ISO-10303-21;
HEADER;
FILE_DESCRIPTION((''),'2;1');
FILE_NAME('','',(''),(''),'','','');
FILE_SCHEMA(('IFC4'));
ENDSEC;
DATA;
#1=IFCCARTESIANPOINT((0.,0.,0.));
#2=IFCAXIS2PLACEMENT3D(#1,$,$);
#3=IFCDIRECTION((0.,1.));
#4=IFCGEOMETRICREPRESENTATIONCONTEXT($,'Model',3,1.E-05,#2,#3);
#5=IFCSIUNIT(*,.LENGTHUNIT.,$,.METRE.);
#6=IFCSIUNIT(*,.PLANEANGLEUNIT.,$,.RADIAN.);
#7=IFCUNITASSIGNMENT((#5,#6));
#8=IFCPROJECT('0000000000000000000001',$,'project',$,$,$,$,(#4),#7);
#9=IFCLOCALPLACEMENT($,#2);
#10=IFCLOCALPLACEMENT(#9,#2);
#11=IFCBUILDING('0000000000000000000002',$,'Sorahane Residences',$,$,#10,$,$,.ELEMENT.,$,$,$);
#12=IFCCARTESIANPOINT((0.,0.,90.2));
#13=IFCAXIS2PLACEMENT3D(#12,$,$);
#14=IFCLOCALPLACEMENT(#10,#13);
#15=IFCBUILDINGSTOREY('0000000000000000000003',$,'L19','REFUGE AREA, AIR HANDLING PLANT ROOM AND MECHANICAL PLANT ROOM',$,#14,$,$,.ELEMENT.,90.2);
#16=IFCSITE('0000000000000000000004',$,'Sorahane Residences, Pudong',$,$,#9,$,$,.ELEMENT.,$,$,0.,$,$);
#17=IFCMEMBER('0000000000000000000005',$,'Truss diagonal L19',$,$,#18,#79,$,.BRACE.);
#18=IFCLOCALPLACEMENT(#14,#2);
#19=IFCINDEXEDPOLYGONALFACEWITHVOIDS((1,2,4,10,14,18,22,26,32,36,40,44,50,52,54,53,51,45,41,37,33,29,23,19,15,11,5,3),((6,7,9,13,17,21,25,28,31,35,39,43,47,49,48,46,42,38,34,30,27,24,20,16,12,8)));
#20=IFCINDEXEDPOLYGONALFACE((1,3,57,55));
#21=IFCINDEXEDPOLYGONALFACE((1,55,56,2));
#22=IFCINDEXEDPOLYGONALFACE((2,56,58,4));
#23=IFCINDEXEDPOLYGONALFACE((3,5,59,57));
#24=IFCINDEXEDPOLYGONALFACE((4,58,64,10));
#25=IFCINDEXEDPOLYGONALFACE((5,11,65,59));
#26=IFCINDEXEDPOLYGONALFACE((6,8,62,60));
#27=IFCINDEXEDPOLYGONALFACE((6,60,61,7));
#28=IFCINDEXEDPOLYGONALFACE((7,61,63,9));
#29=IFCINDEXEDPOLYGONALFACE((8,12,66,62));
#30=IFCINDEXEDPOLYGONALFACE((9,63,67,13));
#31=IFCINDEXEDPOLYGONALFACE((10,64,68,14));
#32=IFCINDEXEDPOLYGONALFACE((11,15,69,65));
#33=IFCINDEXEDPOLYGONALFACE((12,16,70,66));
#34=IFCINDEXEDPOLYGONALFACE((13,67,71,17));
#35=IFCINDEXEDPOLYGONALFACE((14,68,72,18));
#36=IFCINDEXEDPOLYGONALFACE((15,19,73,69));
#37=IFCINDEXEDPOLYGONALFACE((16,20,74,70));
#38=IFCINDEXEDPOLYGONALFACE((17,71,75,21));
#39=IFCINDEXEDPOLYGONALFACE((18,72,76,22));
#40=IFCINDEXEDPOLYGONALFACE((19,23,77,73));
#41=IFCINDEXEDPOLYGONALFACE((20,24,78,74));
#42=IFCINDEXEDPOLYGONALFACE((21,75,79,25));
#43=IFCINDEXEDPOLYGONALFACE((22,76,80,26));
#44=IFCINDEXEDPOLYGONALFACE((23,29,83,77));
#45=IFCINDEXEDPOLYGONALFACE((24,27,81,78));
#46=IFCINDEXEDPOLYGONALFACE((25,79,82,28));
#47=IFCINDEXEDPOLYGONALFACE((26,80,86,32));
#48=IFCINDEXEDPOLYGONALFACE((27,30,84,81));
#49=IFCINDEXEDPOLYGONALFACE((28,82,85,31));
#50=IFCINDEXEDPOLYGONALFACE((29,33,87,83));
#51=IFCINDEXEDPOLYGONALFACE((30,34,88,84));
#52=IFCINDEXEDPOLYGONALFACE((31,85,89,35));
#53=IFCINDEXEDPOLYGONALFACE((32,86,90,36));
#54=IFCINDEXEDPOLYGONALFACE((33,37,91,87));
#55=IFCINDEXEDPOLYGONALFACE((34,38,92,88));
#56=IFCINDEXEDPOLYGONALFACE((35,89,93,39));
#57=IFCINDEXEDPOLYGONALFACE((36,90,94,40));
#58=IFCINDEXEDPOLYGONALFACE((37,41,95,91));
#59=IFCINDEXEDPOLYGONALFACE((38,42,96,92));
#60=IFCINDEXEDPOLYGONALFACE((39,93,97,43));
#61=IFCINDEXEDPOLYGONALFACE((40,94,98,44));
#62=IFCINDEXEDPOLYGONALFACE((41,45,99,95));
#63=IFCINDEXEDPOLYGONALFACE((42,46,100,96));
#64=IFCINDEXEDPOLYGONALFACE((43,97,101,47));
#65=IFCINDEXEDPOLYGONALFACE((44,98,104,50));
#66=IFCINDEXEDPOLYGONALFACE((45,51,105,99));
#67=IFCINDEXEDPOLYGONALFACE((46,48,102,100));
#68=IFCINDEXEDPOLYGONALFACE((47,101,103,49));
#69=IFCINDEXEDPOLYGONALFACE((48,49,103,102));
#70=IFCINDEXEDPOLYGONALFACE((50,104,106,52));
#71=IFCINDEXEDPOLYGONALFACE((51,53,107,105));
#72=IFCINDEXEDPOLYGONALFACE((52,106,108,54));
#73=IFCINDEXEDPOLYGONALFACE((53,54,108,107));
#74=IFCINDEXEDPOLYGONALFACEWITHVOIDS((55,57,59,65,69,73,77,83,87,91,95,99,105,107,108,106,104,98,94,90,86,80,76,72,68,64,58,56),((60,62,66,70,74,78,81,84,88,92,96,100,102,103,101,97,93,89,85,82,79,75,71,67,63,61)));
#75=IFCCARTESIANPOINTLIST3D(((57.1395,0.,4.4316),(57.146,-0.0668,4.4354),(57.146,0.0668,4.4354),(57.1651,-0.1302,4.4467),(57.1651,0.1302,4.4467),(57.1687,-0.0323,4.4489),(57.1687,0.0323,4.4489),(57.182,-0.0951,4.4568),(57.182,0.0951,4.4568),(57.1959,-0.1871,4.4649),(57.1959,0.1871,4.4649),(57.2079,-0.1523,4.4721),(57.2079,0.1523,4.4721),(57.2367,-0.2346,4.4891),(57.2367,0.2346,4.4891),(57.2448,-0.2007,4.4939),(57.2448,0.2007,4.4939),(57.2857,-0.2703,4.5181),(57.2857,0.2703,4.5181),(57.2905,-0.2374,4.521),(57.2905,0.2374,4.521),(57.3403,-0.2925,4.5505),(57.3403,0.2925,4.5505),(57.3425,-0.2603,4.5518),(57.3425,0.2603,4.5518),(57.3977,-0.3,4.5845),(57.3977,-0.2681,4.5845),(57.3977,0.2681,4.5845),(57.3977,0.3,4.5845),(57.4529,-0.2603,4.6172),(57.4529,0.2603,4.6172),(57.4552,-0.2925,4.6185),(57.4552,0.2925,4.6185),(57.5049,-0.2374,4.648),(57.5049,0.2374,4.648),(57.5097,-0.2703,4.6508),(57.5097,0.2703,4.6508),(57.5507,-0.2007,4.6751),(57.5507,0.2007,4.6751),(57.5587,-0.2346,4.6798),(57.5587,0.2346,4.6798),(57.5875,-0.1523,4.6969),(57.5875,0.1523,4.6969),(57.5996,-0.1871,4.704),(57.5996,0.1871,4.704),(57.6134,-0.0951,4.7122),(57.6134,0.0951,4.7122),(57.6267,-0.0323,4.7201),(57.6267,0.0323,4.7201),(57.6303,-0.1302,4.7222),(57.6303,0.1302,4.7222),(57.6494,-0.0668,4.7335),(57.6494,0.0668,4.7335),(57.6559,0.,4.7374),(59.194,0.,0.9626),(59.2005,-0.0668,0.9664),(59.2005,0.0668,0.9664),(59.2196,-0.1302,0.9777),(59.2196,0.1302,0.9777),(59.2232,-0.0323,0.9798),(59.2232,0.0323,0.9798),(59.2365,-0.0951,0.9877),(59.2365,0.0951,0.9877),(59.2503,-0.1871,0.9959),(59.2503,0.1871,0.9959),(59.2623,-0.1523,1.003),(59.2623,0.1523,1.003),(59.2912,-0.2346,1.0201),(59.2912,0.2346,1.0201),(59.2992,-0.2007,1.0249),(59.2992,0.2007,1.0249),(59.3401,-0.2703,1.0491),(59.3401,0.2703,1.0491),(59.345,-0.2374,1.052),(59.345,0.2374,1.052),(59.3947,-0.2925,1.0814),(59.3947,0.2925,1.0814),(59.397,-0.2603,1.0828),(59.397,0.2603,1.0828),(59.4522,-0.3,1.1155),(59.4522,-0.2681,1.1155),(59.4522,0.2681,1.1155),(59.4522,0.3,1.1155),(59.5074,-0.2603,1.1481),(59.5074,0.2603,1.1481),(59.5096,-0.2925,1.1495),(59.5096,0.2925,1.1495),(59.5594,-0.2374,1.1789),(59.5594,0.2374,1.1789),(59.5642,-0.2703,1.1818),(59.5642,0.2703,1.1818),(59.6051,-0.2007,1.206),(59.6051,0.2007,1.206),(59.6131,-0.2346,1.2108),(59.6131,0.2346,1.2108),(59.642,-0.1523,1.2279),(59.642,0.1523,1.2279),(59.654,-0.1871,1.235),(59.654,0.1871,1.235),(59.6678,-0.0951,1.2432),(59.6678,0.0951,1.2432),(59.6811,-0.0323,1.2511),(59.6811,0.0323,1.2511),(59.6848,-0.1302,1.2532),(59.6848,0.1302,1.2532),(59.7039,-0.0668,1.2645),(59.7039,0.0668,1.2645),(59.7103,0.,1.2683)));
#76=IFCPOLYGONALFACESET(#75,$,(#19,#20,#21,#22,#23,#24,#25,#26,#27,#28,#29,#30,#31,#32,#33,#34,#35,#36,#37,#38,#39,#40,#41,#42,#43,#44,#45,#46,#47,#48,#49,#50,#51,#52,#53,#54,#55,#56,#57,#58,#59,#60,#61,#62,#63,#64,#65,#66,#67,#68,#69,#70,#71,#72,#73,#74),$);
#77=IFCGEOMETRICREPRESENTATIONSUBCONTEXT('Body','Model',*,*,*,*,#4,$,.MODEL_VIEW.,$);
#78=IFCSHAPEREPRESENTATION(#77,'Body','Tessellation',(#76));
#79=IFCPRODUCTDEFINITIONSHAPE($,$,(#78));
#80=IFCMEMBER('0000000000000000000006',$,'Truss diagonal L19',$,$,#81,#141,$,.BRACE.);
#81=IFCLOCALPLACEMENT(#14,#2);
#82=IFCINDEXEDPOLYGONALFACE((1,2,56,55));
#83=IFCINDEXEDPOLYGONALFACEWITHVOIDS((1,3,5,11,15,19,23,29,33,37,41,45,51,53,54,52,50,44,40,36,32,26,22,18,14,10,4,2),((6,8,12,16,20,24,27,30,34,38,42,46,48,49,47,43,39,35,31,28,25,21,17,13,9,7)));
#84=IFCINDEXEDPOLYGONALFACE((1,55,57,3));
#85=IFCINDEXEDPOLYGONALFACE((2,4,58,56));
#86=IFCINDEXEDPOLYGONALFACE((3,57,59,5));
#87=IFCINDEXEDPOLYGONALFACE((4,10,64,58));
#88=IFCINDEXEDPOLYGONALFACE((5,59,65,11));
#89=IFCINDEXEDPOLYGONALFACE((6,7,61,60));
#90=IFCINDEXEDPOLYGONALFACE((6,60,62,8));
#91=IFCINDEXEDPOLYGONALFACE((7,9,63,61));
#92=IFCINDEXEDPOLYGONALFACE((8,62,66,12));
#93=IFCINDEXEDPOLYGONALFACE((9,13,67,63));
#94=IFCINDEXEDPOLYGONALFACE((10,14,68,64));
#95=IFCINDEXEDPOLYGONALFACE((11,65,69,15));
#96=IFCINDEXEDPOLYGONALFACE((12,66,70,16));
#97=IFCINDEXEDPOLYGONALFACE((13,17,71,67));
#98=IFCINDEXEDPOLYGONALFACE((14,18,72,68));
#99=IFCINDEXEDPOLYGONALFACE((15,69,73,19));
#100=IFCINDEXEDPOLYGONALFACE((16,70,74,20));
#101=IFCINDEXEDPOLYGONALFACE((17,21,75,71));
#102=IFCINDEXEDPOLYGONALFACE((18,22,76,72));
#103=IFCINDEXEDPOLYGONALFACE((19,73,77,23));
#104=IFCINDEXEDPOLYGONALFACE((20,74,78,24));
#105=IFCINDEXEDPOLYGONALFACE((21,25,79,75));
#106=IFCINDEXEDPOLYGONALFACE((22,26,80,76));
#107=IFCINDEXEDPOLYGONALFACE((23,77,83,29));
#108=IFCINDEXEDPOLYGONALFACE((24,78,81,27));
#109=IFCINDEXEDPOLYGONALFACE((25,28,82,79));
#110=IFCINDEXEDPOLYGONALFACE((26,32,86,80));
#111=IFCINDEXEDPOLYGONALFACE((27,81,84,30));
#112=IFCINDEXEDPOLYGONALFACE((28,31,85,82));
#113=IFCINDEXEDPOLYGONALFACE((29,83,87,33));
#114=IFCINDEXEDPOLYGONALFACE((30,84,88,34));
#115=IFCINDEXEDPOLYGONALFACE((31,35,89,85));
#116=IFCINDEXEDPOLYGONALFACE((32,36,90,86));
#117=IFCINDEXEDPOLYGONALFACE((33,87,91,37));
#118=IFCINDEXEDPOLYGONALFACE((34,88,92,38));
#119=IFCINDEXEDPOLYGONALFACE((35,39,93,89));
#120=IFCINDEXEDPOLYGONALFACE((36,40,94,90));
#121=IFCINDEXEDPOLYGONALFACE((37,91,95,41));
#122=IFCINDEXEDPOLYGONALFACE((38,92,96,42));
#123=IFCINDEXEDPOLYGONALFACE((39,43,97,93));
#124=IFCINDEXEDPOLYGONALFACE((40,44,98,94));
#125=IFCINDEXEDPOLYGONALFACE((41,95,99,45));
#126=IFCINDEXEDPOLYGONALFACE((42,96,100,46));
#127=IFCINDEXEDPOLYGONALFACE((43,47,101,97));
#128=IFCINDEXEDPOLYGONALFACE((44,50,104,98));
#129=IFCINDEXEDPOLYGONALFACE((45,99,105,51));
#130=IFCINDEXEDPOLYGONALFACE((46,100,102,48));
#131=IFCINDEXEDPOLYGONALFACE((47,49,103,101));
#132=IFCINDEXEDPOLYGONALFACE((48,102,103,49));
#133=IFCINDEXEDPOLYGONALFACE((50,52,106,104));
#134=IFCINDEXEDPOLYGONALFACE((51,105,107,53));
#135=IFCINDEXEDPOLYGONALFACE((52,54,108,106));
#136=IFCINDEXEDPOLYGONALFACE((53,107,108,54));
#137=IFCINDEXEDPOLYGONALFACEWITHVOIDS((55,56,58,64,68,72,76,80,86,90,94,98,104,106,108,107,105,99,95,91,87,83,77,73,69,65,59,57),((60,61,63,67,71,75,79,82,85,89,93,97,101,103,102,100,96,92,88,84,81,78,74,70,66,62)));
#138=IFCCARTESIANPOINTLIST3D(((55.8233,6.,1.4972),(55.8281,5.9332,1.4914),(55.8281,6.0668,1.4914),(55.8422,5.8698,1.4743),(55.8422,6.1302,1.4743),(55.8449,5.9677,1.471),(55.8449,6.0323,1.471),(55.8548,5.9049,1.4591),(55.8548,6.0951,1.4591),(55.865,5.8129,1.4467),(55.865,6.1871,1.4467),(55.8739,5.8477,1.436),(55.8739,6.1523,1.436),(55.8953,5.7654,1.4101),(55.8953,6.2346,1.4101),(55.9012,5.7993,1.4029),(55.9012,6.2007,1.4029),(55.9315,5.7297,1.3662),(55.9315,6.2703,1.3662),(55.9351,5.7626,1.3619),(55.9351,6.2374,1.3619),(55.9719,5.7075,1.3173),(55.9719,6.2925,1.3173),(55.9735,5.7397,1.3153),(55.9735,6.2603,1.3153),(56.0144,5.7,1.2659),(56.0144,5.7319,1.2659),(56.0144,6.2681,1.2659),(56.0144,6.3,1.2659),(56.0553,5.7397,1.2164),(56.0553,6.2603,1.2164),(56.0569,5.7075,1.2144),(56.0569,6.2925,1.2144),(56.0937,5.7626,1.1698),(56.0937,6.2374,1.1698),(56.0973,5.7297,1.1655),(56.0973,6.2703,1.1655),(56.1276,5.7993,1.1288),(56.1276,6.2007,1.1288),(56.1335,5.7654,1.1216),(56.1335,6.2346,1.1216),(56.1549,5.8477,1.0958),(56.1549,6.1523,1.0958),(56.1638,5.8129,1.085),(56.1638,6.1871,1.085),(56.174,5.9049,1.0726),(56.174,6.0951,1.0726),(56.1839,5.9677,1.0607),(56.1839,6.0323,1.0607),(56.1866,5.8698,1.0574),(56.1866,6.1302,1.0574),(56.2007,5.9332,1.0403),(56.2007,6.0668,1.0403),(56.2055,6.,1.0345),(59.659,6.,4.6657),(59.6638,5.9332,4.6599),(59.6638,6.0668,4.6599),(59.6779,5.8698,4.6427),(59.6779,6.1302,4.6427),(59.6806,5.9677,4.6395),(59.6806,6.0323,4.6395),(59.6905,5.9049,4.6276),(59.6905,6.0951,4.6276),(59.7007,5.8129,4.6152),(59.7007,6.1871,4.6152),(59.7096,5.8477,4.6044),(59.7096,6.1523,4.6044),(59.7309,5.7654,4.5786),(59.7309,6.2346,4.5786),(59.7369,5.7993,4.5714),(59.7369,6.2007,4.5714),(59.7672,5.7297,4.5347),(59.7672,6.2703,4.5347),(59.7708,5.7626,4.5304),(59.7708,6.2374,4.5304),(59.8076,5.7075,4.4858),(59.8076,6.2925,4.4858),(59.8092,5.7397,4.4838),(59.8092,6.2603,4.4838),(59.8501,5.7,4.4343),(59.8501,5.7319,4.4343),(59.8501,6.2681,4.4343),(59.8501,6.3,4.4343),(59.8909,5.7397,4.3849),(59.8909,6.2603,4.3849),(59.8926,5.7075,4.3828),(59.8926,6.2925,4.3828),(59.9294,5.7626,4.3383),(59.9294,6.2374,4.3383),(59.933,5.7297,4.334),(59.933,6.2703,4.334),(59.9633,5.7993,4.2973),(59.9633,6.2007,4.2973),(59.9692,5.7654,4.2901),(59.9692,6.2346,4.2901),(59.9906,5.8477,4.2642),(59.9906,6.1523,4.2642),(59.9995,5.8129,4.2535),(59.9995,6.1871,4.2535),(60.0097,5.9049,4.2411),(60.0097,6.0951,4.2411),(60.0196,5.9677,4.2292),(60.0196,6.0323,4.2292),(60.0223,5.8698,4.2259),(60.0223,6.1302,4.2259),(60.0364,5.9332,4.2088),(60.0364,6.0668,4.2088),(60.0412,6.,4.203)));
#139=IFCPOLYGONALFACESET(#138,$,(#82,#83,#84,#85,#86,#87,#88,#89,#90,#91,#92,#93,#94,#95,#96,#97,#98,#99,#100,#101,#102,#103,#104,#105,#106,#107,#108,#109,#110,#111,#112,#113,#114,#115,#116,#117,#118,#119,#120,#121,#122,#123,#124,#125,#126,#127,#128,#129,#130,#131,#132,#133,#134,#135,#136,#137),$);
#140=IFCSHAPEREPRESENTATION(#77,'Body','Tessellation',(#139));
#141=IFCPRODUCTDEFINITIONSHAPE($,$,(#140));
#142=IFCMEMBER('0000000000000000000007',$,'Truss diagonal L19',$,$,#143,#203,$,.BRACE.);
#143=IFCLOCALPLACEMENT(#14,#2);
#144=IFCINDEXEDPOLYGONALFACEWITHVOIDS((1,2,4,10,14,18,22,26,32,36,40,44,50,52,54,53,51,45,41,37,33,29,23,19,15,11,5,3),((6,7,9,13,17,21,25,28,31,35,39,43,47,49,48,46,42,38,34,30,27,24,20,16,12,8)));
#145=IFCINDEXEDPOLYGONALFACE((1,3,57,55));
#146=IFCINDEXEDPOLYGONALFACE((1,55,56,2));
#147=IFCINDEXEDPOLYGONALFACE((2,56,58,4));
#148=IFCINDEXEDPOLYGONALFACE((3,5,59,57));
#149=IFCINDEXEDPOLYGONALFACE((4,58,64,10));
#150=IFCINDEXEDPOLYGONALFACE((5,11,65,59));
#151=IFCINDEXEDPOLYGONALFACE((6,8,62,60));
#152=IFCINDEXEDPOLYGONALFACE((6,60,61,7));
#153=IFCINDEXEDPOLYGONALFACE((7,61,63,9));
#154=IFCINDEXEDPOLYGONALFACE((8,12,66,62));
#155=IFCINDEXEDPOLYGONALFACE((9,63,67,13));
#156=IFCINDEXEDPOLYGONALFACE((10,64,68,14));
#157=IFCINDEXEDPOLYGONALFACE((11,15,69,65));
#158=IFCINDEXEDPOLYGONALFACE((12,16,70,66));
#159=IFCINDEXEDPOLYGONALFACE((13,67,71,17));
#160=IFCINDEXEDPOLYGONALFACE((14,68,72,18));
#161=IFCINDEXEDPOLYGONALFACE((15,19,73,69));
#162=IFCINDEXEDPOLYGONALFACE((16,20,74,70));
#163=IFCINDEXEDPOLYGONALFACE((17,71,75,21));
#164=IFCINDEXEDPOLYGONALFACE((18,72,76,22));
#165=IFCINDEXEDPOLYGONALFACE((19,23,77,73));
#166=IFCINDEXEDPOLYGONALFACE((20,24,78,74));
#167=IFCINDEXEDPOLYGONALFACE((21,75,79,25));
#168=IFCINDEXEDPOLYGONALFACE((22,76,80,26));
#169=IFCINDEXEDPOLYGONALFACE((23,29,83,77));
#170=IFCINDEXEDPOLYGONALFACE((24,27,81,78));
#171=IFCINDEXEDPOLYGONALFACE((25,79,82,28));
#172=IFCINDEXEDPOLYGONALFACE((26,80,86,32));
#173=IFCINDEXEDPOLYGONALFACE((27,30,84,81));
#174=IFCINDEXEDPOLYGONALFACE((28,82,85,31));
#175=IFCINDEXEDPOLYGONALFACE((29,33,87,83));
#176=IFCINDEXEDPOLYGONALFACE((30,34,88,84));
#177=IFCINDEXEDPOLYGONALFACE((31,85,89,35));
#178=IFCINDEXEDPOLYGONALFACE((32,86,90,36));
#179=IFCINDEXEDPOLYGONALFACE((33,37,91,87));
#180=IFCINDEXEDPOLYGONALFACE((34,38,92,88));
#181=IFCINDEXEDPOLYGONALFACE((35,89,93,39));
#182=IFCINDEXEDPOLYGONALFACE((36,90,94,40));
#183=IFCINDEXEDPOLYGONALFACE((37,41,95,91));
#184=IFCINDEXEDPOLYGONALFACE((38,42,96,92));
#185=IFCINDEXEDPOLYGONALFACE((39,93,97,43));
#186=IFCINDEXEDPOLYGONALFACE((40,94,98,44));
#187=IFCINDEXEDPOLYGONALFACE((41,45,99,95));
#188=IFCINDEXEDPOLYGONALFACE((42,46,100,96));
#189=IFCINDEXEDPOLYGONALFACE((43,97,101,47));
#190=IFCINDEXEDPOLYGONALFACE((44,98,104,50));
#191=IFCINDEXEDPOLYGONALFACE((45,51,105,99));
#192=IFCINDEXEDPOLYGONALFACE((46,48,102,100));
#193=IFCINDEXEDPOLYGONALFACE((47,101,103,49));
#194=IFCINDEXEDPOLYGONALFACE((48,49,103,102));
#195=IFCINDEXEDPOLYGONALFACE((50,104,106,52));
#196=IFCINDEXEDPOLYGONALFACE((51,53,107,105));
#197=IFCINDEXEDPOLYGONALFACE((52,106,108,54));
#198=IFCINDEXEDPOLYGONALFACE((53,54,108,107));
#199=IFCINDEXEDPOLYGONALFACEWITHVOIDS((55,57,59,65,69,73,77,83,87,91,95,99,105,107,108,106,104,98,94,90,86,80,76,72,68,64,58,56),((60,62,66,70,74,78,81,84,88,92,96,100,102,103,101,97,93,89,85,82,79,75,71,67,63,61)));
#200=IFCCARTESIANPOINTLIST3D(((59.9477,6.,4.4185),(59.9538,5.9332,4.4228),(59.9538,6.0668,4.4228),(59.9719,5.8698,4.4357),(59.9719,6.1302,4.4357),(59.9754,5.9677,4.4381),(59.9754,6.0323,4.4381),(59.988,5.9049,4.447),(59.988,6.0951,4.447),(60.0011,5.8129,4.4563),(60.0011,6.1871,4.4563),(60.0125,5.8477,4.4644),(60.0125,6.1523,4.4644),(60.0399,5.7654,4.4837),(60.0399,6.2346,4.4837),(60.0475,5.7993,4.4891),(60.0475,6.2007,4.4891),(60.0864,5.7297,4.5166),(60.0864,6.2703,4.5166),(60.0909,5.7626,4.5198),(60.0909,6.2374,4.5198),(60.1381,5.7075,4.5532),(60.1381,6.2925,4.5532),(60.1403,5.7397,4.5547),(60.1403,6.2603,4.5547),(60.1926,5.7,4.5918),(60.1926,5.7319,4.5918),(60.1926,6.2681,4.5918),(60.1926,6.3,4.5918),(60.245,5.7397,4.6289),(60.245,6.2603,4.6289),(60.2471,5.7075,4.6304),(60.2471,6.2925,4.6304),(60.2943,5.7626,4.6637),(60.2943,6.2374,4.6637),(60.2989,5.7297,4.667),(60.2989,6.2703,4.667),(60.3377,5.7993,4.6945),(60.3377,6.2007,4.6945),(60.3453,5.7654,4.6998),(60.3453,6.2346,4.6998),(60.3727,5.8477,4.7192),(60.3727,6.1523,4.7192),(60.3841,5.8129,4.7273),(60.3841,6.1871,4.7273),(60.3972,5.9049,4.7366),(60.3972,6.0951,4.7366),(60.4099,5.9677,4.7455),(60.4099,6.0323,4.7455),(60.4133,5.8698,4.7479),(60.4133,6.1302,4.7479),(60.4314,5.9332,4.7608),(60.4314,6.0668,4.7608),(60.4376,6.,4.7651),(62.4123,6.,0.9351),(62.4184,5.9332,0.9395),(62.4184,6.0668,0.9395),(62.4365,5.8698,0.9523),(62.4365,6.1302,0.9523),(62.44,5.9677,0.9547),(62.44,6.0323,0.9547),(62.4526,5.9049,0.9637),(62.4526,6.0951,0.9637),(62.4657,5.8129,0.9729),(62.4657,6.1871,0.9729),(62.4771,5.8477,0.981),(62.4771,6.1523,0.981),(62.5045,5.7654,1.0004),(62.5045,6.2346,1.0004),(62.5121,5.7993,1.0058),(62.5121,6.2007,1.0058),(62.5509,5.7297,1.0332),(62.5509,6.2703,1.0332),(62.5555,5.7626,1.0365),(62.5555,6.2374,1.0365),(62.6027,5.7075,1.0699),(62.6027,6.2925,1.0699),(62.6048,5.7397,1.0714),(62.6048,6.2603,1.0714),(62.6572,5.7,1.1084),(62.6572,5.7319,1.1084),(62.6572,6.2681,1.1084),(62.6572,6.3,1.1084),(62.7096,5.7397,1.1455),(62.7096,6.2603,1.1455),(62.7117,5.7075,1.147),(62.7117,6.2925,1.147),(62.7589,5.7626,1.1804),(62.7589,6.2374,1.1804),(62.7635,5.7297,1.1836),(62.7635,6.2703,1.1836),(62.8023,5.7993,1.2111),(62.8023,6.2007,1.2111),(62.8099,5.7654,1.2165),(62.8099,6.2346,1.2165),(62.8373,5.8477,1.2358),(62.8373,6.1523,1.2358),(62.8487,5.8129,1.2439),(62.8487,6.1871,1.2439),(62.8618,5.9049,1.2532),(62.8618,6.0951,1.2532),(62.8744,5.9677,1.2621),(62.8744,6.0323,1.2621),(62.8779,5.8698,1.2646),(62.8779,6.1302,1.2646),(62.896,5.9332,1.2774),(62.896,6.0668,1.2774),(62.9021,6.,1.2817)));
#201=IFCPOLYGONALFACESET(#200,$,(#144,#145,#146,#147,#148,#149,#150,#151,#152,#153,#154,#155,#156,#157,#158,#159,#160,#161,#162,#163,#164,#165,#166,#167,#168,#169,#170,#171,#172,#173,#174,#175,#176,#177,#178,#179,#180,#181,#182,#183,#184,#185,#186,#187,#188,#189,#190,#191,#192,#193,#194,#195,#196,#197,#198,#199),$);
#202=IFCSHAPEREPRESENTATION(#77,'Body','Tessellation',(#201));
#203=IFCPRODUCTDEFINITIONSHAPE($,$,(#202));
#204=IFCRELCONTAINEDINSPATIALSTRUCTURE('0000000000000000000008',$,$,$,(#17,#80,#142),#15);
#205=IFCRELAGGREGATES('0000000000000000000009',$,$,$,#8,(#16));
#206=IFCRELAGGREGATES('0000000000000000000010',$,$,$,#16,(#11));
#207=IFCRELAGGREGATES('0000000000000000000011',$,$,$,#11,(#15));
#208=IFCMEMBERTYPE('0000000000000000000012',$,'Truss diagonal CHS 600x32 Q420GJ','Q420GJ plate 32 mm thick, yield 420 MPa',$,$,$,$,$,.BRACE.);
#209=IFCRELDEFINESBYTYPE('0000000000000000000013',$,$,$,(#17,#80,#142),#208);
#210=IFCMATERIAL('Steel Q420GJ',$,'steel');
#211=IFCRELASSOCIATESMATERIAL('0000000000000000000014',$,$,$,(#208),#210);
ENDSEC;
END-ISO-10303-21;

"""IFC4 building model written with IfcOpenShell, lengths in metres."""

from ifc_helpers import new_model, si_unit, direction, frame, origin, origin_2d, place, context, subcontext, project, spatial, hollow_circle, extrude, material, material_profile, profile_set, type_object, element, save


model = new_model("IFC4")

# Units and contexts
model_context = context("Model", 3, precision=1e-05, world=origin(), true_north=direction((0.0, 1.0)))
body_context = subcontext(model_context, "Body", "Model", "MODEL_VIEW")
ifc_project = project(units=[si_unit("LENGTHUNIT", "METRE"), si_unit("PLANEANGLEUNIT", "RADIAN")], contexts=[model_context])

# Site, building, storey
site_placement = place(None, origin())
site = spatial("IfcSite", under=ifc_project, at=site_placement, Name="Sorahane Residences, Pudong", CompositionType="ELEMENT", RefElevation=0.0)
building_placement = place(site_placement, origin())
building = spatial("IfcBuilding", under=site, at=building_placement, Name="Sorahane Residences", CompositionType="ELEMENT")
storey_placement = place(building_placement, frame((0.0, 0.0, 90.2)))
storey = spatial("IfcBuildingStorey", under=building, at=storey_placement, Name="L19", Description="REFUGE AREA, AIR HANDLING PLANT ROOM AND MECHANICAL PLANT ROOM", CompositionType="ELEMENT", Elevation=90.2)

# Members
ifc_material_1 = material(Name="Steel Q420GJ", Category="steel")
ifc_material_profile_1 = material_profile(ifc_material_1, hollow_circle(Radius=0.3, WallThickness=0.032, at=origin_2d()), Name="CHS 600x32")
ifc_profile_set_1 = profile_set([ifc_material_profile_1], Name="Steel Q420GJ")
member_type = type_object("IfcMemberType", Name="Truss diagonal CHS 600x32 Q420GJ", Description="Q420GJ plate 32 mm thick, yield 420 MPa", PredefinedType="BRACE", material=ifc_profile_set_1)
member_1_placement = place(storey_placement, frame((57.3977, 0.0, 4.5845), z_axis=(0.509572, 0.0, -0.860428), x_axis=(0.0, 1.0, 0.0)))
element("IfcMember", 1, at=member_1_placement, inside=storey, type_object=member_type, Name="Truss diagonal L19", PredefinedType="BRACE", context=body_context, shape_type="SweptSolid", body=[
    extrude(hollow_circle(Radius=0.3, WallThickness=0.032, at=origin_2d()), origin(), (0.0, 0.0, 1.0), 4.0317),
])
member_2_placement = place(storey_placement, frame((56.0144, 6.0, 1.2659), z_axis=(0.770977, 0.0, 0.636862), x_axis=(0.0, 1.0, 0.0)))
element("IfcMember", 2, at=member_2_placement, inside=storey, type_object=member_type, Name="Truss diagonal L19", PredefinedType="BRACE", context=body_context, shape_type="SweptSolid", body=[
    extrude(hollow_circle(Radius=0.3, WallThickness=0.032, at=origin_2d()), origin(), (0.0, 0.0, 1.0), 4.9751),
])
member_3_placement = place(storey_placement, frame((60.1926, 6.0, 4.5918), z_axis=(0.577579, 0.0, -0.816335), x_axis=(0.0, 1.0, 0.0)))
element("IfcMember", 3, at=member_3_placement, inside=storey, type_object=member_type, Name="Truss diagonal L19", PredefinedType="BRACE", context=body_context, shape_type="SweptSolid", body=[
    extrude(hollow_circle(Radius=0.3, WallThickness=0.032, at=origin_2d()), origin(), (0.0, 0.0, 1.0), 4.2671),
])

save(model, "model.ifc")
